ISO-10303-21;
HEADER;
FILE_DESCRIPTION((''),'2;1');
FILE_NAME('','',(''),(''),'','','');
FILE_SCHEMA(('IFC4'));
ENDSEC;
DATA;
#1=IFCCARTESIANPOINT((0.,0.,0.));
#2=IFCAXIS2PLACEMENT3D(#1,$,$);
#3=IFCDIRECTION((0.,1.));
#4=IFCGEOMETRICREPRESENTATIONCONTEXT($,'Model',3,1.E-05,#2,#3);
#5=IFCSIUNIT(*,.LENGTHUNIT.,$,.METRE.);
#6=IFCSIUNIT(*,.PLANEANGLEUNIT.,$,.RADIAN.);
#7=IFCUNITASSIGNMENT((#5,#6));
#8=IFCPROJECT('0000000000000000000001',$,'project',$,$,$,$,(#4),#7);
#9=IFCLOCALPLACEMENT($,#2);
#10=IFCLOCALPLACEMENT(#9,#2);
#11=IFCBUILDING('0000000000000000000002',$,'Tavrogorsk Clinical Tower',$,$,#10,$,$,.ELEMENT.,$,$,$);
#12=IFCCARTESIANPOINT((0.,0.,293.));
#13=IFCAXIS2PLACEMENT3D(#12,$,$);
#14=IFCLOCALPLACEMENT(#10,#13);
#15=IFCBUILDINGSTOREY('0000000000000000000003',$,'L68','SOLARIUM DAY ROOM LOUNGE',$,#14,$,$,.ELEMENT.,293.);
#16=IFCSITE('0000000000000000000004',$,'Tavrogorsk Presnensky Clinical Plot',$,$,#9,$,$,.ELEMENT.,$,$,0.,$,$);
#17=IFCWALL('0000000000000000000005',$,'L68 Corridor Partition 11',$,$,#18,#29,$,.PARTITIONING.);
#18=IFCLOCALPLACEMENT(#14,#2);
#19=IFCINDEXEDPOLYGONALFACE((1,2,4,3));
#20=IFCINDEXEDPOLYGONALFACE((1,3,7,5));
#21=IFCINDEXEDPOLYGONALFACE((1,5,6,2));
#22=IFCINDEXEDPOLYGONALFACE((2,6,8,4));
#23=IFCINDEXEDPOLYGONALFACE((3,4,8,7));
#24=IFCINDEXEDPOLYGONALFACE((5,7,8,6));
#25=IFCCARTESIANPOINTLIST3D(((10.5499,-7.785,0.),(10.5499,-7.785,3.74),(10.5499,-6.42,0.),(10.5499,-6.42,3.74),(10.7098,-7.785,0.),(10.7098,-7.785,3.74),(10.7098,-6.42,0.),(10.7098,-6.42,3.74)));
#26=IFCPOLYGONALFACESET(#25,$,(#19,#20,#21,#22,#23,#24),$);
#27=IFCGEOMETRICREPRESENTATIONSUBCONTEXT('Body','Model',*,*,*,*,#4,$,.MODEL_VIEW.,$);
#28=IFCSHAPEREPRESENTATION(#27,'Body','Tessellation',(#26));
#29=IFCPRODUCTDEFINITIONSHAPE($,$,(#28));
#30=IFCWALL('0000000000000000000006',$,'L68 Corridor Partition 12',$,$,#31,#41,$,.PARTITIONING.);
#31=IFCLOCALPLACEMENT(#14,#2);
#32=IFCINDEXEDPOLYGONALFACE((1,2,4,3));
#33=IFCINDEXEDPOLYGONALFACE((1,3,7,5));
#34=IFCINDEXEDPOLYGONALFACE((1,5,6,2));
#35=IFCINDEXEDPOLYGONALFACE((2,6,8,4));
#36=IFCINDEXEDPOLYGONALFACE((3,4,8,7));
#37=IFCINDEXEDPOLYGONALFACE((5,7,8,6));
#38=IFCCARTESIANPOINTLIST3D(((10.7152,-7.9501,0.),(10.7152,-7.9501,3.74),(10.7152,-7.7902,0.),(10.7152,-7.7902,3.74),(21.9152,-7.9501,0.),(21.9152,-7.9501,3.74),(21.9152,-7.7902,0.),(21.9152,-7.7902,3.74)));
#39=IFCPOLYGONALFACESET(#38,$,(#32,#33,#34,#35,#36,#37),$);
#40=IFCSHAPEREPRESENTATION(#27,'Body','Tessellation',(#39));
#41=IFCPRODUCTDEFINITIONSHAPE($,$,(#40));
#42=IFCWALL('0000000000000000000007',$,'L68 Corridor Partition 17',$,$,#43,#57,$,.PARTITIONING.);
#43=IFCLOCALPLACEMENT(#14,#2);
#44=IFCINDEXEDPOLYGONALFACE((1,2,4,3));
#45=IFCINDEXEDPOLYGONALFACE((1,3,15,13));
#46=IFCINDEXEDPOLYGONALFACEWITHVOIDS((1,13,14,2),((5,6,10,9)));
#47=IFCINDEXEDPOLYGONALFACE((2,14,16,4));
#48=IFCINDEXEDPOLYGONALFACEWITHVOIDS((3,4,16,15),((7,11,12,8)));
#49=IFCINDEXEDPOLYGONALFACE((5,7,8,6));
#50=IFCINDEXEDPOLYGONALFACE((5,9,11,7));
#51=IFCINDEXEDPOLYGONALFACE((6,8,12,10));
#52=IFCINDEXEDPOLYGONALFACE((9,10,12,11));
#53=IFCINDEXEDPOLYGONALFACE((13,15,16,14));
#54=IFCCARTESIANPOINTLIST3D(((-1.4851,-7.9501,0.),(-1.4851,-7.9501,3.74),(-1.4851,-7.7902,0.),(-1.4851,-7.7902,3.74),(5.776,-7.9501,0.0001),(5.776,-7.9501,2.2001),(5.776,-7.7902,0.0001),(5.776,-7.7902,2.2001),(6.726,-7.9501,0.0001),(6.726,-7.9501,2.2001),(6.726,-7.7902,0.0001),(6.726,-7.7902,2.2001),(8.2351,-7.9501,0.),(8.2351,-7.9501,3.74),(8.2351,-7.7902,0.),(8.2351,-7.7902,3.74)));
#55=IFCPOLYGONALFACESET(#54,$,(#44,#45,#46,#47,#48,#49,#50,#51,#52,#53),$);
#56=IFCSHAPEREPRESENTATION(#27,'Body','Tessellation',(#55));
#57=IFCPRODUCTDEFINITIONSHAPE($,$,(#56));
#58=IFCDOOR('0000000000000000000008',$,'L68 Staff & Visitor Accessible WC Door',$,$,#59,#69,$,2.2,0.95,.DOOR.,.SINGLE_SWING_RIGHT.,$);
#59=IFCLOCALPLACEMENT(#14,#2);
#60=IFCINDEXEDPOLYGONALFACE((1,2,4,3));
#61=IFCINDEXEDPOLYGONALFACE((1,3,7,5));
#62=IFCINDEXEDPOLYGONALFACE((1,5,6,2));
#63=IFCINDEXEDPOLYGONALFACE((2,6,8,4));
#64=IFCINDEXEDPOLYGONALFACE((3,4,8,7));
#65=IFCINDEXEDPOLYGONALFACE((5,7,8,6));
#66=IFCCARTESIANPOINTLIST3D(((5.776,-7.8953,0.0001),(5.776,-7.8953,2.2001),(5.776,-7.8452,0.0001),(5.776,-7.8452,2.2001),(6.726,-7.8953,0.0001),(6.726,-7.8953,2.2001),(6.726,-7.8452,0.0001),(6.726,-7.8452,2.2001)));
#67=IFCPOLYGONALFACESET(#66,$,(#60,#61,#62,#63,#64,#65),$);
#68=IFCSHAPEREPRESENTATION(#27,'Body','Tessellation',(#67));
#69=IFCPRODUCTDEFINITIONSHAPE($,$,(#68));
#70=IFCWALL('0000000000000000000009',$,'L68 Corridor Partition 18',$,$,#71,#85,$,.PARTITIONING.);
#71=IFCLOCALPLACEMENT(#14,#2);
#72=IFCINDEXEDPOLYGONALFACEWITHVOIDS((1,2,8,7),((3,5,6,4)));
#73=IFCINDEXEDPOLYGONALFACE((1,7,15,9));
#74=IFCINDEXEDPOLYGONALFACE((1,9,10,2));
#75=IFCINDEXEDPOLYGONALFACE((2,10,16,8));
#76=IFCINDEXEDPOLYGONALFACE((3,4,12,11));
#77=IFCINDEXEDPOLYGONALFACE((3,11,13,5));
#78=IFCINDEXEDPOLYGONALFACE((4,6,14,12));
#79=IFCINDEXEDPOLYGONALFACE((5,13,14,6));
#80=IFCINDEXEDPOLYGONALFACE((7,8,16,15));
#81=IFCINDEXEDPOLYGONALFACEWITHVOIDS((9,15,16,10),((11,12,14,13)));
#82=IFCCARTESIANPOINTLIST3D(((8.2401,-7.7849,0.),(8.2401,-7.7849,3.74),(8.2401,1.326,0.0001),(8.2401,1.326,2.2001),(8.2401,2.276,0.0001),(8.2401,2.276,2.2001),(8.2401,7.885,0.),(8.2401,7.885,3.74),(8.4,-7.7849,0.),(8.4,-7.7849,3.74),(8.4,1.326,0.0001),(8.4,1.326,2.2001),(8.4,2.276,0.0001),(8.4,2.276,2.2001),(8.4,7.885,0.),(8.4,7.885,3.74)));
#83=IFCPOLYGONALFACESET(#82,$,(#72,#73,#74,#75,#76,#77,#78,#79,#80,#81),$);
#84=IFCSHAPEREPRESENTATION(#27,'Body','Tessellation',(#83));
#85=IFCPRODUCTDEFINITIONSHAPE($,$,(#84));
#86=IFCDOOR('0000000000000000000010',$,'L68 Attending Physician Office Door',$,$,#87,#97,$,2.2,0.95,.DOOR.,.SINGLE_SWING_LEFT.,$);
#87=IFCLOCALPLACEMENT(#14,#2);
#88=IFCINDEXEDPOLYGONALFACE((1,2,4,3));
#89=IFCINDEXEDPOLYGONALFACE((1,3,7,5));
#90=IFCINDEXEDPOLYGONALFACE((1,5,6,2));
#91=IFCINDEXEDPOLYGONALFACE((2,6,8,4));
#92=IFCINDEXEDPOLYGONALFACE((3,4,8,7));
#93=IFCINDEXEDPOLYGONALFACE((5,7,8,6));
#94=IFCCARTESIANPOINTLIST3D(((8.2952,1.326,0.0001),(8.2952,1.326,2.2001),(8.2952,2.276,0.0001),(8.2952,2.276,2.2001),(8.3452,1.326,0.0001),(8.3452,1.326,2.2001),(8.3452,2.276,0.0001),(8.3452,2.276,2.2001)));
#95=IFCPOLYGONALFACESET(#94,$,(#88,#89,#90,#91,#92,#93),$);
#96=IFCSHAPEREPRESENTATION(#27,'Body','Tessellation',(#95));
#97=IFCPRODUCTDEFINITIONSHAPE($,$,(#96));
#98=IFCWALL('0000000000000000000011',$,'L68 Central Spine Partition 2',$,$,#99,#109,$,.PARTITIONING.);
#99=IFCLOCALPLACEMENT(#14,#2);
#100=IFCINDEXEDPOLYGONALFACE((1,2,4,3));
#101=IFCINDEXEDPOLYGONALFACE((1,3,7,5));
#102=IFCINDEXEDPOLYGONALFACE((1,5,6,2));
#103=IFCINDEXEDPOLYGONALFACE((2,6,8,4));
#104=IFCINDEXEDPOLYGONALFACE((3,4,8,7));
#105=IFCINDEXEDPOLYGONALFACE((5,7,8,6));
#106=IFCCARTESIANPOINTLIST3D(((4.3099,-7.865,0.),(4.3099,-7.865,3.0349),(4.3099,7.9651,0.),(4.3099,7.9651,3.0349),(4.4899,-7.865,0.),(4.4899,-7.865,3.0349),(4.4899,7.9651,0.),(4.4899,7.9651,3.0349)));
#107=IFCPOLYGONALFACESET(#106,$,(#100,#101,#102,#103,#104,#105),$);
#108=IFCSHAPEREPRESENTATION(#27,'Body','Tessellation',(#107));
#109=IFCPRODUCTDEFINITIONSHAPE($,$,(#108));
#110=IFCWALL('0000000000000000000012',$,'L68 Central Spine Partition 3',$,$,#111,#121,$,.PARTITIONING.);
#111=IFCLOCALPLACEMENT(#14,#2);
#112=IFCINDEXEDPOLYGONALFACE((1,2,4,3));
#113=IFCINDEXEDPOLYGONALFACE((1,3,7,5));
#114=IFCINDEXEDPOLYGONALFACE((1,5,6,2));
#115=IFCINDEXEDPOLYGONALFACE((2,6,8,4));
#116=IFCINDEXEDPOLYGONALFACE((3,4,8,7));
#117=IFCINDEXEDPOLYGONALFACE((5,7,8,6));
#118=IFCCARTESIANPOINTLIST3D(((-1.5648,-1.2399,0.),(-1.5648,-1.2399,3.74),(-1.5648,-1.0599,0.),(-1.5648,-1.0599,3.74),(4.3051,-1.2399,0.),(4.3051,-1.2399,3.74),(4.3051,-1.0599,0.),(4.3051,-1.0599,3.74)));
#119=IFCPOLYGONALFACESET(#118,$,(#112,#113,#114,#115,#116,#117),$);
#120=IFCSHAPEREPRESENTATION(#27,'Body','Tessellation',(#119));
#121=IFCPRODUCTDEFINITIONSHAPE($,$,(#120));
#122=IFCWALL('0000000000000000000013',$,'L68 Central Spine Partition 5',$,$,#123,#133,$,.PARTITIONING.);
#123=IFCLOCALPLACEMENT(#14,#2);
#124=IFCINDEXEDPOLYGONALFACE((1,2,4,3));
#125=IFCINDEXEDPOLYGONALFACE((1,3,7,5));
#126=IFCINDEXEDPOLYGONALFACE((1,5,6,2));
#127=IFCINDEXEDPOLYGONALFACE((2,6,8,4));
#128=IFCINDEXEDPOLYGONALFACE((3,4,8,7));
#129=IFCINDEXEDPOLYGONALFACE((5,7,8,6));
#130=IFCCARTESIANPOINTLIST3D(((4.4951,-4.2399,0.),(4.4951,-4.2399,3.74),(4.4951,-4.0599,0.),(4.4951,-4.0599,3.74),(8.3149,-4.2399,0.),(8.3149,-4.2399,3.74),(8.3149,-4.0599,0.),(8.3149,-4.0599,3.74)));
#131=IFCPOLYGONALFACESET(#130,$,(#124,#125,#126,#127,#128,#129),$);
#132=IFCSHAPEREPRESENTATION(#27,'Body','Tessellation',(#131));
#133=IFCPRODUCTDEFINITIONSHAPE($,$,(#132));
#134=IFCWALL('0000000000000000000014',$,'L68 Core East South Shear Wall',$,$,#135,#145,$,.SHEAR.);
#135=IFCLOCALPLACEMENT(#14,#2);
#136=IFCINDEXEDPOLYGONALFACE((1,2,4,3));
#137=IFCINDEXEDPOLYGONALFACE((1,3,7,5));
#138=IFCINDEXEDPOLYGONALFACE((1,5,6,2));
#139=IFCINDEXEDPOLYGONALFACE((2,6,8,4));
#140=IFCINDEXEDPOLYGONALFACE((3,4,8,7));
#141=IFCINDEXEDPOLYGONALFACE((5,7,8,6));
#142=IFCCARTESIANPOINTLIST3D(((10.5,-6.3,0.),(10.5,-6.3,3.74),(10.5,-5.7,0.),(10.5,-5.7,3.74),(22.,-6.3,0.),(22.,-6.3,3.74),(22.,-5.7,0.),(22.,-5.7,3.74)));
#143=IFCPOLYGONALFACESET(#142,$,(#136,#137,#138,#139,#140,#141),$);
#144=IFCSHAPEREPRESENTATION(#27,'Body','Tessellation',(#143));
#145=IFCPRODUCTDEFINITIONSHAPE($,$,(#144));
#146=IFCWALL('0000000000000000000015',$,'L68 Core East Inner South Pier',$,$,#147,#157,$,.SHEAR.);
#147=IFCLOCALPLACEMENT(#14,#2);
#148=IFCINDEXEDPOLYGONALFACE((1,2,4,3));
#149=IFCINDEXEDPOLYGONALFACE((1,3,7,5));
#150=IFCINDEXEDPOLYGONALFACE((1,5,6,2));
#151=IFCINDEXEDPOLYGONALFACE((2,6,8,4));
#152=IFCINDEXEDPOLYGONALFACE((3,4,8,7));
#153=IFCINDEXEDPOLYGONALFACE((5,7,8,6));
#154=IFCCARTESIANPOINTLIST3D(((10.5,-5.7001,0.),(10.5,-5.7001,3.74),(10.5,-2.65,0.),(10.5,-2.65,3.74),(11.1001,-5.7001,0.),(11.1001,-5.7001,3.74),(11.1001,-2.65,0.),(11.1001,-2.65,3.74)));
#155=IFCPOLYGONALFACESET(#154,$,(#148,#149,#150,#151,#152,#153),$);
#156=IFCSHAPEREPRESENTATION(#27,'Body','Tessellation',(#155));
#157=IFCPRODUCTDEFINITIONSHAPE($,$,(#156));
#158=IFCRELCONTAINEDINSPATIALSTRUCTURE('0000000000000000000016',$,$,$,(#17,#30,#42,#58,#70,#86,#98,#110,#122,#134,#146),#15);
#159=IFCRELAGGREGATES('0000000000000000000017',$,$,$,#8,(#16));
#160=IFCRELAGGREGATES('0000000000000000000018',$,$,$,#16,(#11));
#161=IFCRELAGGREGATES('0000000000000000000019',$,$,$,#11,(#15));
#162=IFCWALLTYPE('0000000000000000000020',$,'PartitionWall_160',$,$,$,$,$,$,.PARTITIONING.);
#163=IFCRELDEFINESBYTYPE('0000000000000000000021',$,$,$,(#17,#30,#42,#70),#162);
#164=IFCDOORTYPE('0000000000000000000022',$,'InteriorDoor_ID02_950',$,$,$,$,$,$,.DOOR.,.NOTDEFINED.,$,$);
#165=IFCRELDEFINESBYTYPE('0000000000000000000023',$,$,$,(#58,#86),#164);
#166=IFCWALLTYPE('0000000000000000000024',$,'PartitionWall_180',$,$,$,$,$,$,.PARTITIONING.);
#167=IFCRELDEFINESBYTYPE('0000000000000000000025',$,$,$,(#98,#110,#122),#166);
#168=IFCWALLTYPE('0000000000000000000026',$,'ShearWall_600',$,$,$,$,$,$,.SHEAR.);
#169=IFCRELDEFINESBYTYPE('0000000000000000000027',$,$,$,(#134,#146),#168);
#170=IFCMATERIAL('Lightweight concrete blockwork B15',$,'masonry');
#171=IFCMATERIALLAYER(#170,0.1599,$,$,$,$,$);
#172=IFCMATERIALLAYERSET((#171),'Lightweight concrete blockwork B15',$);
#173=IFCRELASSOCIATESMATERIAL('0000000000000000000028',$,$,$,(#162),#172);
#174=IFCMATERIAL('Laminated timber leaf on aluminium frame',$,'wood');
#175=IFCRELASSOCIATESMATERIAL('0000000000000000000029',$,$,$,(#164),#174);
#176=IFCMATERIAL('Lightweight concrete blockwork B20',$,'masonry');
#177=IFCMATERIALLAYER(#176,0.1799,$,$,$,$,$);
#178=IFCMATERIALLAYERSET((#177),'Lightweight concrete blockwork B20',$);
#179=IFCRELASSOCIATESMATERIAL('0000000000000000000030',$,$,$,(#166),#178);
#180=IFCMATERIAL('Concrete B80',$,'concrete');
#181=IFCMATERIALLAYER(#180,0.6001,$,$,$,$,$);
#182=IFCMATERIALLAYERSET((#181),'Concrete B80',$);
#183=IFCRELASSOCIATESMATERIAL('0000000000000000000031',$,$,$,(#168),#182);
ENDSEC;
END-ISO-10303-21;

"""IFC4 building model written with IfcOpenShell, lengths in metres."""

from ifc_helpers import new_model, si_unit, direction, frame, frame_2d, origin, place, context, subcontext, project, spatial, rectangle, extrude, material, layer, layer_set, type_object, element, fill, save


model = new_model("IFC4")

# Units and contexts
model_context = context("Model", 3, precision=1e-05, world=origin(), true_north=direction((0.0, 1.0)))
body_context = subcontext(model_context, "Body", "Model", "MODEL_VIEW")
ifc_project = project(units=[si_unit("LENGTHUNIT", "METRE"), si_unit("PLANEANGLEUNIT", "RADIAN")], contexts=[model_context])

# Site, building, storey
site_placement = place(None, origin())
site = spatial("IfcSite", under=ifc_project, at=site_placement, Name="Tavrogorsk Presnensky Clinical Plot", CompositionType="ELEMENT", RefElevation=0.0)
building_placement = place(site_placement, origin())
building = spatial("IfcBuilding", under=site, at=building_placement, Name="Tavrogorsk Clinical Tower", CompositionType="ELEMENT")
storey_placement = place(building_placement, frame((0.0, 0.0, 293.0)))
storey = spatial("IfcBuildingStorey", under=building, at=storey_placement, Name="L68", Description="SOLARIUM DAY ROOM LOUNGE", CompositionType="ELEMENT", Elevation=293.0)

# Shared definitions
ifc_material_1 = material(Name="Lightweight concrete blockwork B15", Category="masonry")
ifc_layer_1 = layer(ifc_material_1, 0.1599)
ifc_layer_set_1 = layer_set([ifc_layer_1], Name="Lightweight concrete blockwork B15")
wall_type_1 = type_object("IfcWallType", Name="PartitionWall_160", PredefinedType="PARTITIONING", material=ifc_layer_set_1)
ifc_material_2 = material(Name="Laminated timber leaf on aluminium frame", Category="wood")
door_type_1 = type_object("IfcDoorType", Name="InteriorDoor_ID02_950", OperationType="NOTDEFINED", PredefinedType="DOOR", material=ifc_material_2)

# Walls
wall_1_placement = place(storey_placement, frame((10.6299, -6.4199, 0.0), z_axis=(0.0, 0.0, 1.0), x_axis=(0.0, -1.0, 0.0)))
element("IfcWall", 1, at=wall_1_placement, inside=storey, type_object=wall_type_1, Name="L68 Corridor Partition 11", PredefinedType="PARTITIONING", context=body_context, shape_type="SweptSolid", body=[
    extrude(rectangle(XDim=1.365, YDim=0.1599, at=frame_2d((0.6826, 0.0))), origin(), (0.0, 0.0, 1.0), 3.74),
])
wall_2_placement = place(storey_placement, frame((10.7151, -7.8701, 0.0), z_axis=(0.0, 0.0, 1.0), x_axis=(1.0, 0.0, 0.0)))
element("IfcWall", 2, at=wall_2_placement, inside=storey, type_object=wall_type_1, Name="L68 Corridor Partition 12", PredefinedType="PARTITIONING", context=body_context, shape_type="SweptSolid", body=[
    extrude(rectangle(XDim=11.2, YDim=0.1599, at=frame_2d((5.6001, 0.0))), origin(), (0.0, 0.0, 1.0), 3.74),
])

# Walls, openings, doors
wall_3_placement = place(storey_placement, frame((-1.4851, -7.8701, 0.0), z_axis=(0.0, 0.0, 1.0), x_axis=(1.0, 0.0, 0.0)))
wall_3 = element("IfcWall", 3, at=wall_3_placement, inside=storey, type_object=wall_type_1, Name="L68 Corridor Partition 17", PredefinedType="PARTITIONING", context=body_context, shape_type="SweptSolid", body=[
    extrude(rectangle(XDim=9.7202, YDim=0.1599, at=frame_2d((4.8601, 0.0))), origin(), (0.0, 0.0, 1.0), 3.74),
])
opening_1_placement = place(wall_3_placement, frame((7.261, 0.0, 0.0)))
opening_1 = element("IfcOpeningElement", 4, at=opening_1_placement, cuts=wall_3, PredefinedType="OPENING", context=body_context, shape_type="SweptSolid", body=[
    extrude(rectangle(XDim=0.95, YDim=2.2, at=frame_2d((0.4751, 1.1001))), frame((0.0, 0.0898, 0.0), z_axis=(0.0, -1.0, 0.0), x_axis=(1.0, 0.0, 0.0)), (0.0, 0.0, 1.0), 0.1799),
])
door_1_placement = place(opening_1_placement, origin())
door_1 = element("IfcDoor", 5, at=door_1_placement, inside=storey, type_object=door_type_1, Name="L68 Staff & Visitor Accessible WC Door", OperationType="SINGLE_SWING_RIGHT", OverallHeight=2.2, OverallWidth=0.95, PredefinedType="DOOR", context=body_context, shape_type="SweptSolid", body=[
    extrude(rectangle(XDim=0.95, YDim=2.2, at=frame_2d((0.4751, 1.1001))), frame((0.0, 0.0249, 0.0), z_axis=(0.0, -1.0, 0.0), x_axis=(1.0, 0.0, 0.0)), (0.0, 0.0, 1.0), 0.05),
])
fill(opening_1, door_1)
wall_4_placement = place(storey_placement, frame((8.3201, -7.7849, 0.0), z_axis=(0.0, 0.0, 1.0), x_axis=(0.0, 1.0, 0.0)))
wall_4 = element("IfcWall", 6, at=wall_4_placement, inside=storey, type_object=wall_type_1, Name="L68 Corridor Partition 18", PredefinedType="PARTITIONING", context=body_context, shape_type="SweptSolid", body=[
    extrude(rectangle(XDim=15.6699, YDim=0.1599, at=frame_2d((7.835, 0.0))), origin(), (0.0, 0.0, 1.0), 3.74),
])
opening_2_placement = place(wall_4_placement, frame((9.1108, 0.0, 0.0)))
opening_2 = element("IfcOpeningElement", 7, at=opening_2_placement, cuts=wall_4, PredefinedType="OPENING", context=body_context, shape_type="SweptSolid", body=[
    extrude(rectangle(XDim=0.95, YDim=2.2, at=frame_2d((0.4751, 1.1001))), frame((0.0, 0.0898, 0.0), z_axis=(0.0, -1.0, 0.0), x_axis=(1.0, 0.0, 0.0)), (0.0, 0.0, 1.0), 0.1799),
])
door_2_placement = place(opening_2_placement, origin())
door_2 = element("IfcDoor", 8, at=door_2_placement, inside=storey, type_object=door_type_1, Name="L68 Attending Physician Office Door", OperationType="SINGLE_SWING_LEFT", OverallHeight=2.2, OverallWidth=0.95, PredefinedType="DOOR", context=body_context, shape_type="SweptSolid", body=[
    extrude(rectangle(XDim=0.95, YDim=2.2, at=frame_2d((0.4751, 1.1001))), frame((0.0, 0.0249, 0.0), z_axis=(0.0, -1.0, 0.0), x_axis=(1.0, 0.0, 0.0)), (0.0, 0.0, 1.0), 0.05),
])
fill(opening_2, door_2)

# Walls
ifc_material_3 = material(Name="Lightweight concrete blockwork B20", Category="masonry")
ifc_layer_2 = layer(ifc_material_3, 0.1799)
ifc_layer_set_2 = layer_set([ifc_layer_2], Name="Lightweight concrete blockwork B20")
wall_type_2 = type_object("IfcWallType", Name="PartitionWall_180", PredefinedType="PARTITIONING", material=ifc_layer_set_2)
wall_5_placement = place(storey_placement, frame((4.3999, -7.865, 0.0), z_axis=(0.0, 0.0, 1.0), x_axis=(0.0, 1.0, 0.0)))
element("IfcWall", 9, at=wall_5_placement, inside=storey, type_object=wall_type_2, Name="L68 Central Spine Partition 2", PredefinedType="PARTITIONING", context=body_context, shape_type="SweptSolid", body=[
    extrude(rectangle(XDim=15.8301, YDim=0.1799, at=frame_2d((7.915, 0.0))), origin(), (0.0, 0.0, 1.0), 3.0349),
])
wall_6_placement = place(storey_placement, frame((-1.5649, -1.1499, 0.0), z_axis=(0.0, 0.0, 1.0), x_axis=(1.0, 0.0, 0.0)))
element("IfcWall", 10, at=wall_6_placement, inside=storey, type_object=wall_type_2, Name="L68 Central Spine Partition 3", PredefinedType="PARTITIONING", context=body_context, shape_type="SweptSolid", body=[
    extrude(rectangle(XDim=5.8699, YDim=0.1799, at=frame_2d((2.9351, 0.0))), origin(), (0.0, 0.0, 1.0), 3.74),
])
wall_7_placement = place(storey_placement, frame((4.4951, -4.1499, 0.0), z_axis=(0.0, 0.0, 1.0), x_axis=(1.0, 0.0, 0.0)))
element("IfcWall", 11, at=wall_7_placement, inside=storey, type_object=wall_type_2, Name="L68 Central Spine Partition 5", PredefinedType="PARTITIONING", context=body_context, shape_type="SweptSolid", body=[
    extrude(rectangle(XDim=3.8198, YDim=0.1799, at=frame_2d((1.9099, 0.0))), origin(), (0.0, 0.0, 1.0), 3.74),
])
ifc_material_4 = material(Name="Concrete B80", Category="concrete")
ifc_layer_3 = layer(ifc_material_4, 0.6001)
ifc_layer_set_3 = layer_set([ifc_layer_3], Name="Concrete B80")
wall_type_3 = type_object("IfcWallType", Name="ShearWall_600", PredefinedType="SHEAR", material=ifc_layer_set_3)
wall_8_placement = place(storey_placement, frame((10.5, -6.0, 0.0), z_axis=(0.0, 0.0, 1.0), x_axis=(1.0, 0.0, 0.0)))
element("IfcWall", 12, at=wall_8_placement, inside=storey, type_object=wall_type_3, Name="L68 Core East South Shear Wall", PredefinedType="SHEAR", context=body_context, shape_type="SweptSolid", body=[
    extrude(rectangle(XDim=11.5, YDim=0.6001, at=frame_2d((5.75, 0.0))), origin(), (0.0, 0.0, 1.0), 3.74),
])
wall_9_placement = place(storey_placement, frame((10.8, -5.7, 0.0), z_axis=(0.0, 0.0, 1.0), x_axis=(0.0, 1.0, 0.0)))
element("IfcWall", 13, at=wall_9_placement, inside=storey, type_object=wall_type_3, Name="L68 Core East Inner South Pier", PredefinedType="SHEAR", context=body_context, shape_type="SweptSolid", body=[
    extrude(rectangle(XDim=3.05, YDim=0.6001, at=frame_2d((1.5249, 0.0))), origin(), (0.0, 0.0, 1.0), 3.74),
])

save(model, "model.ifc")
